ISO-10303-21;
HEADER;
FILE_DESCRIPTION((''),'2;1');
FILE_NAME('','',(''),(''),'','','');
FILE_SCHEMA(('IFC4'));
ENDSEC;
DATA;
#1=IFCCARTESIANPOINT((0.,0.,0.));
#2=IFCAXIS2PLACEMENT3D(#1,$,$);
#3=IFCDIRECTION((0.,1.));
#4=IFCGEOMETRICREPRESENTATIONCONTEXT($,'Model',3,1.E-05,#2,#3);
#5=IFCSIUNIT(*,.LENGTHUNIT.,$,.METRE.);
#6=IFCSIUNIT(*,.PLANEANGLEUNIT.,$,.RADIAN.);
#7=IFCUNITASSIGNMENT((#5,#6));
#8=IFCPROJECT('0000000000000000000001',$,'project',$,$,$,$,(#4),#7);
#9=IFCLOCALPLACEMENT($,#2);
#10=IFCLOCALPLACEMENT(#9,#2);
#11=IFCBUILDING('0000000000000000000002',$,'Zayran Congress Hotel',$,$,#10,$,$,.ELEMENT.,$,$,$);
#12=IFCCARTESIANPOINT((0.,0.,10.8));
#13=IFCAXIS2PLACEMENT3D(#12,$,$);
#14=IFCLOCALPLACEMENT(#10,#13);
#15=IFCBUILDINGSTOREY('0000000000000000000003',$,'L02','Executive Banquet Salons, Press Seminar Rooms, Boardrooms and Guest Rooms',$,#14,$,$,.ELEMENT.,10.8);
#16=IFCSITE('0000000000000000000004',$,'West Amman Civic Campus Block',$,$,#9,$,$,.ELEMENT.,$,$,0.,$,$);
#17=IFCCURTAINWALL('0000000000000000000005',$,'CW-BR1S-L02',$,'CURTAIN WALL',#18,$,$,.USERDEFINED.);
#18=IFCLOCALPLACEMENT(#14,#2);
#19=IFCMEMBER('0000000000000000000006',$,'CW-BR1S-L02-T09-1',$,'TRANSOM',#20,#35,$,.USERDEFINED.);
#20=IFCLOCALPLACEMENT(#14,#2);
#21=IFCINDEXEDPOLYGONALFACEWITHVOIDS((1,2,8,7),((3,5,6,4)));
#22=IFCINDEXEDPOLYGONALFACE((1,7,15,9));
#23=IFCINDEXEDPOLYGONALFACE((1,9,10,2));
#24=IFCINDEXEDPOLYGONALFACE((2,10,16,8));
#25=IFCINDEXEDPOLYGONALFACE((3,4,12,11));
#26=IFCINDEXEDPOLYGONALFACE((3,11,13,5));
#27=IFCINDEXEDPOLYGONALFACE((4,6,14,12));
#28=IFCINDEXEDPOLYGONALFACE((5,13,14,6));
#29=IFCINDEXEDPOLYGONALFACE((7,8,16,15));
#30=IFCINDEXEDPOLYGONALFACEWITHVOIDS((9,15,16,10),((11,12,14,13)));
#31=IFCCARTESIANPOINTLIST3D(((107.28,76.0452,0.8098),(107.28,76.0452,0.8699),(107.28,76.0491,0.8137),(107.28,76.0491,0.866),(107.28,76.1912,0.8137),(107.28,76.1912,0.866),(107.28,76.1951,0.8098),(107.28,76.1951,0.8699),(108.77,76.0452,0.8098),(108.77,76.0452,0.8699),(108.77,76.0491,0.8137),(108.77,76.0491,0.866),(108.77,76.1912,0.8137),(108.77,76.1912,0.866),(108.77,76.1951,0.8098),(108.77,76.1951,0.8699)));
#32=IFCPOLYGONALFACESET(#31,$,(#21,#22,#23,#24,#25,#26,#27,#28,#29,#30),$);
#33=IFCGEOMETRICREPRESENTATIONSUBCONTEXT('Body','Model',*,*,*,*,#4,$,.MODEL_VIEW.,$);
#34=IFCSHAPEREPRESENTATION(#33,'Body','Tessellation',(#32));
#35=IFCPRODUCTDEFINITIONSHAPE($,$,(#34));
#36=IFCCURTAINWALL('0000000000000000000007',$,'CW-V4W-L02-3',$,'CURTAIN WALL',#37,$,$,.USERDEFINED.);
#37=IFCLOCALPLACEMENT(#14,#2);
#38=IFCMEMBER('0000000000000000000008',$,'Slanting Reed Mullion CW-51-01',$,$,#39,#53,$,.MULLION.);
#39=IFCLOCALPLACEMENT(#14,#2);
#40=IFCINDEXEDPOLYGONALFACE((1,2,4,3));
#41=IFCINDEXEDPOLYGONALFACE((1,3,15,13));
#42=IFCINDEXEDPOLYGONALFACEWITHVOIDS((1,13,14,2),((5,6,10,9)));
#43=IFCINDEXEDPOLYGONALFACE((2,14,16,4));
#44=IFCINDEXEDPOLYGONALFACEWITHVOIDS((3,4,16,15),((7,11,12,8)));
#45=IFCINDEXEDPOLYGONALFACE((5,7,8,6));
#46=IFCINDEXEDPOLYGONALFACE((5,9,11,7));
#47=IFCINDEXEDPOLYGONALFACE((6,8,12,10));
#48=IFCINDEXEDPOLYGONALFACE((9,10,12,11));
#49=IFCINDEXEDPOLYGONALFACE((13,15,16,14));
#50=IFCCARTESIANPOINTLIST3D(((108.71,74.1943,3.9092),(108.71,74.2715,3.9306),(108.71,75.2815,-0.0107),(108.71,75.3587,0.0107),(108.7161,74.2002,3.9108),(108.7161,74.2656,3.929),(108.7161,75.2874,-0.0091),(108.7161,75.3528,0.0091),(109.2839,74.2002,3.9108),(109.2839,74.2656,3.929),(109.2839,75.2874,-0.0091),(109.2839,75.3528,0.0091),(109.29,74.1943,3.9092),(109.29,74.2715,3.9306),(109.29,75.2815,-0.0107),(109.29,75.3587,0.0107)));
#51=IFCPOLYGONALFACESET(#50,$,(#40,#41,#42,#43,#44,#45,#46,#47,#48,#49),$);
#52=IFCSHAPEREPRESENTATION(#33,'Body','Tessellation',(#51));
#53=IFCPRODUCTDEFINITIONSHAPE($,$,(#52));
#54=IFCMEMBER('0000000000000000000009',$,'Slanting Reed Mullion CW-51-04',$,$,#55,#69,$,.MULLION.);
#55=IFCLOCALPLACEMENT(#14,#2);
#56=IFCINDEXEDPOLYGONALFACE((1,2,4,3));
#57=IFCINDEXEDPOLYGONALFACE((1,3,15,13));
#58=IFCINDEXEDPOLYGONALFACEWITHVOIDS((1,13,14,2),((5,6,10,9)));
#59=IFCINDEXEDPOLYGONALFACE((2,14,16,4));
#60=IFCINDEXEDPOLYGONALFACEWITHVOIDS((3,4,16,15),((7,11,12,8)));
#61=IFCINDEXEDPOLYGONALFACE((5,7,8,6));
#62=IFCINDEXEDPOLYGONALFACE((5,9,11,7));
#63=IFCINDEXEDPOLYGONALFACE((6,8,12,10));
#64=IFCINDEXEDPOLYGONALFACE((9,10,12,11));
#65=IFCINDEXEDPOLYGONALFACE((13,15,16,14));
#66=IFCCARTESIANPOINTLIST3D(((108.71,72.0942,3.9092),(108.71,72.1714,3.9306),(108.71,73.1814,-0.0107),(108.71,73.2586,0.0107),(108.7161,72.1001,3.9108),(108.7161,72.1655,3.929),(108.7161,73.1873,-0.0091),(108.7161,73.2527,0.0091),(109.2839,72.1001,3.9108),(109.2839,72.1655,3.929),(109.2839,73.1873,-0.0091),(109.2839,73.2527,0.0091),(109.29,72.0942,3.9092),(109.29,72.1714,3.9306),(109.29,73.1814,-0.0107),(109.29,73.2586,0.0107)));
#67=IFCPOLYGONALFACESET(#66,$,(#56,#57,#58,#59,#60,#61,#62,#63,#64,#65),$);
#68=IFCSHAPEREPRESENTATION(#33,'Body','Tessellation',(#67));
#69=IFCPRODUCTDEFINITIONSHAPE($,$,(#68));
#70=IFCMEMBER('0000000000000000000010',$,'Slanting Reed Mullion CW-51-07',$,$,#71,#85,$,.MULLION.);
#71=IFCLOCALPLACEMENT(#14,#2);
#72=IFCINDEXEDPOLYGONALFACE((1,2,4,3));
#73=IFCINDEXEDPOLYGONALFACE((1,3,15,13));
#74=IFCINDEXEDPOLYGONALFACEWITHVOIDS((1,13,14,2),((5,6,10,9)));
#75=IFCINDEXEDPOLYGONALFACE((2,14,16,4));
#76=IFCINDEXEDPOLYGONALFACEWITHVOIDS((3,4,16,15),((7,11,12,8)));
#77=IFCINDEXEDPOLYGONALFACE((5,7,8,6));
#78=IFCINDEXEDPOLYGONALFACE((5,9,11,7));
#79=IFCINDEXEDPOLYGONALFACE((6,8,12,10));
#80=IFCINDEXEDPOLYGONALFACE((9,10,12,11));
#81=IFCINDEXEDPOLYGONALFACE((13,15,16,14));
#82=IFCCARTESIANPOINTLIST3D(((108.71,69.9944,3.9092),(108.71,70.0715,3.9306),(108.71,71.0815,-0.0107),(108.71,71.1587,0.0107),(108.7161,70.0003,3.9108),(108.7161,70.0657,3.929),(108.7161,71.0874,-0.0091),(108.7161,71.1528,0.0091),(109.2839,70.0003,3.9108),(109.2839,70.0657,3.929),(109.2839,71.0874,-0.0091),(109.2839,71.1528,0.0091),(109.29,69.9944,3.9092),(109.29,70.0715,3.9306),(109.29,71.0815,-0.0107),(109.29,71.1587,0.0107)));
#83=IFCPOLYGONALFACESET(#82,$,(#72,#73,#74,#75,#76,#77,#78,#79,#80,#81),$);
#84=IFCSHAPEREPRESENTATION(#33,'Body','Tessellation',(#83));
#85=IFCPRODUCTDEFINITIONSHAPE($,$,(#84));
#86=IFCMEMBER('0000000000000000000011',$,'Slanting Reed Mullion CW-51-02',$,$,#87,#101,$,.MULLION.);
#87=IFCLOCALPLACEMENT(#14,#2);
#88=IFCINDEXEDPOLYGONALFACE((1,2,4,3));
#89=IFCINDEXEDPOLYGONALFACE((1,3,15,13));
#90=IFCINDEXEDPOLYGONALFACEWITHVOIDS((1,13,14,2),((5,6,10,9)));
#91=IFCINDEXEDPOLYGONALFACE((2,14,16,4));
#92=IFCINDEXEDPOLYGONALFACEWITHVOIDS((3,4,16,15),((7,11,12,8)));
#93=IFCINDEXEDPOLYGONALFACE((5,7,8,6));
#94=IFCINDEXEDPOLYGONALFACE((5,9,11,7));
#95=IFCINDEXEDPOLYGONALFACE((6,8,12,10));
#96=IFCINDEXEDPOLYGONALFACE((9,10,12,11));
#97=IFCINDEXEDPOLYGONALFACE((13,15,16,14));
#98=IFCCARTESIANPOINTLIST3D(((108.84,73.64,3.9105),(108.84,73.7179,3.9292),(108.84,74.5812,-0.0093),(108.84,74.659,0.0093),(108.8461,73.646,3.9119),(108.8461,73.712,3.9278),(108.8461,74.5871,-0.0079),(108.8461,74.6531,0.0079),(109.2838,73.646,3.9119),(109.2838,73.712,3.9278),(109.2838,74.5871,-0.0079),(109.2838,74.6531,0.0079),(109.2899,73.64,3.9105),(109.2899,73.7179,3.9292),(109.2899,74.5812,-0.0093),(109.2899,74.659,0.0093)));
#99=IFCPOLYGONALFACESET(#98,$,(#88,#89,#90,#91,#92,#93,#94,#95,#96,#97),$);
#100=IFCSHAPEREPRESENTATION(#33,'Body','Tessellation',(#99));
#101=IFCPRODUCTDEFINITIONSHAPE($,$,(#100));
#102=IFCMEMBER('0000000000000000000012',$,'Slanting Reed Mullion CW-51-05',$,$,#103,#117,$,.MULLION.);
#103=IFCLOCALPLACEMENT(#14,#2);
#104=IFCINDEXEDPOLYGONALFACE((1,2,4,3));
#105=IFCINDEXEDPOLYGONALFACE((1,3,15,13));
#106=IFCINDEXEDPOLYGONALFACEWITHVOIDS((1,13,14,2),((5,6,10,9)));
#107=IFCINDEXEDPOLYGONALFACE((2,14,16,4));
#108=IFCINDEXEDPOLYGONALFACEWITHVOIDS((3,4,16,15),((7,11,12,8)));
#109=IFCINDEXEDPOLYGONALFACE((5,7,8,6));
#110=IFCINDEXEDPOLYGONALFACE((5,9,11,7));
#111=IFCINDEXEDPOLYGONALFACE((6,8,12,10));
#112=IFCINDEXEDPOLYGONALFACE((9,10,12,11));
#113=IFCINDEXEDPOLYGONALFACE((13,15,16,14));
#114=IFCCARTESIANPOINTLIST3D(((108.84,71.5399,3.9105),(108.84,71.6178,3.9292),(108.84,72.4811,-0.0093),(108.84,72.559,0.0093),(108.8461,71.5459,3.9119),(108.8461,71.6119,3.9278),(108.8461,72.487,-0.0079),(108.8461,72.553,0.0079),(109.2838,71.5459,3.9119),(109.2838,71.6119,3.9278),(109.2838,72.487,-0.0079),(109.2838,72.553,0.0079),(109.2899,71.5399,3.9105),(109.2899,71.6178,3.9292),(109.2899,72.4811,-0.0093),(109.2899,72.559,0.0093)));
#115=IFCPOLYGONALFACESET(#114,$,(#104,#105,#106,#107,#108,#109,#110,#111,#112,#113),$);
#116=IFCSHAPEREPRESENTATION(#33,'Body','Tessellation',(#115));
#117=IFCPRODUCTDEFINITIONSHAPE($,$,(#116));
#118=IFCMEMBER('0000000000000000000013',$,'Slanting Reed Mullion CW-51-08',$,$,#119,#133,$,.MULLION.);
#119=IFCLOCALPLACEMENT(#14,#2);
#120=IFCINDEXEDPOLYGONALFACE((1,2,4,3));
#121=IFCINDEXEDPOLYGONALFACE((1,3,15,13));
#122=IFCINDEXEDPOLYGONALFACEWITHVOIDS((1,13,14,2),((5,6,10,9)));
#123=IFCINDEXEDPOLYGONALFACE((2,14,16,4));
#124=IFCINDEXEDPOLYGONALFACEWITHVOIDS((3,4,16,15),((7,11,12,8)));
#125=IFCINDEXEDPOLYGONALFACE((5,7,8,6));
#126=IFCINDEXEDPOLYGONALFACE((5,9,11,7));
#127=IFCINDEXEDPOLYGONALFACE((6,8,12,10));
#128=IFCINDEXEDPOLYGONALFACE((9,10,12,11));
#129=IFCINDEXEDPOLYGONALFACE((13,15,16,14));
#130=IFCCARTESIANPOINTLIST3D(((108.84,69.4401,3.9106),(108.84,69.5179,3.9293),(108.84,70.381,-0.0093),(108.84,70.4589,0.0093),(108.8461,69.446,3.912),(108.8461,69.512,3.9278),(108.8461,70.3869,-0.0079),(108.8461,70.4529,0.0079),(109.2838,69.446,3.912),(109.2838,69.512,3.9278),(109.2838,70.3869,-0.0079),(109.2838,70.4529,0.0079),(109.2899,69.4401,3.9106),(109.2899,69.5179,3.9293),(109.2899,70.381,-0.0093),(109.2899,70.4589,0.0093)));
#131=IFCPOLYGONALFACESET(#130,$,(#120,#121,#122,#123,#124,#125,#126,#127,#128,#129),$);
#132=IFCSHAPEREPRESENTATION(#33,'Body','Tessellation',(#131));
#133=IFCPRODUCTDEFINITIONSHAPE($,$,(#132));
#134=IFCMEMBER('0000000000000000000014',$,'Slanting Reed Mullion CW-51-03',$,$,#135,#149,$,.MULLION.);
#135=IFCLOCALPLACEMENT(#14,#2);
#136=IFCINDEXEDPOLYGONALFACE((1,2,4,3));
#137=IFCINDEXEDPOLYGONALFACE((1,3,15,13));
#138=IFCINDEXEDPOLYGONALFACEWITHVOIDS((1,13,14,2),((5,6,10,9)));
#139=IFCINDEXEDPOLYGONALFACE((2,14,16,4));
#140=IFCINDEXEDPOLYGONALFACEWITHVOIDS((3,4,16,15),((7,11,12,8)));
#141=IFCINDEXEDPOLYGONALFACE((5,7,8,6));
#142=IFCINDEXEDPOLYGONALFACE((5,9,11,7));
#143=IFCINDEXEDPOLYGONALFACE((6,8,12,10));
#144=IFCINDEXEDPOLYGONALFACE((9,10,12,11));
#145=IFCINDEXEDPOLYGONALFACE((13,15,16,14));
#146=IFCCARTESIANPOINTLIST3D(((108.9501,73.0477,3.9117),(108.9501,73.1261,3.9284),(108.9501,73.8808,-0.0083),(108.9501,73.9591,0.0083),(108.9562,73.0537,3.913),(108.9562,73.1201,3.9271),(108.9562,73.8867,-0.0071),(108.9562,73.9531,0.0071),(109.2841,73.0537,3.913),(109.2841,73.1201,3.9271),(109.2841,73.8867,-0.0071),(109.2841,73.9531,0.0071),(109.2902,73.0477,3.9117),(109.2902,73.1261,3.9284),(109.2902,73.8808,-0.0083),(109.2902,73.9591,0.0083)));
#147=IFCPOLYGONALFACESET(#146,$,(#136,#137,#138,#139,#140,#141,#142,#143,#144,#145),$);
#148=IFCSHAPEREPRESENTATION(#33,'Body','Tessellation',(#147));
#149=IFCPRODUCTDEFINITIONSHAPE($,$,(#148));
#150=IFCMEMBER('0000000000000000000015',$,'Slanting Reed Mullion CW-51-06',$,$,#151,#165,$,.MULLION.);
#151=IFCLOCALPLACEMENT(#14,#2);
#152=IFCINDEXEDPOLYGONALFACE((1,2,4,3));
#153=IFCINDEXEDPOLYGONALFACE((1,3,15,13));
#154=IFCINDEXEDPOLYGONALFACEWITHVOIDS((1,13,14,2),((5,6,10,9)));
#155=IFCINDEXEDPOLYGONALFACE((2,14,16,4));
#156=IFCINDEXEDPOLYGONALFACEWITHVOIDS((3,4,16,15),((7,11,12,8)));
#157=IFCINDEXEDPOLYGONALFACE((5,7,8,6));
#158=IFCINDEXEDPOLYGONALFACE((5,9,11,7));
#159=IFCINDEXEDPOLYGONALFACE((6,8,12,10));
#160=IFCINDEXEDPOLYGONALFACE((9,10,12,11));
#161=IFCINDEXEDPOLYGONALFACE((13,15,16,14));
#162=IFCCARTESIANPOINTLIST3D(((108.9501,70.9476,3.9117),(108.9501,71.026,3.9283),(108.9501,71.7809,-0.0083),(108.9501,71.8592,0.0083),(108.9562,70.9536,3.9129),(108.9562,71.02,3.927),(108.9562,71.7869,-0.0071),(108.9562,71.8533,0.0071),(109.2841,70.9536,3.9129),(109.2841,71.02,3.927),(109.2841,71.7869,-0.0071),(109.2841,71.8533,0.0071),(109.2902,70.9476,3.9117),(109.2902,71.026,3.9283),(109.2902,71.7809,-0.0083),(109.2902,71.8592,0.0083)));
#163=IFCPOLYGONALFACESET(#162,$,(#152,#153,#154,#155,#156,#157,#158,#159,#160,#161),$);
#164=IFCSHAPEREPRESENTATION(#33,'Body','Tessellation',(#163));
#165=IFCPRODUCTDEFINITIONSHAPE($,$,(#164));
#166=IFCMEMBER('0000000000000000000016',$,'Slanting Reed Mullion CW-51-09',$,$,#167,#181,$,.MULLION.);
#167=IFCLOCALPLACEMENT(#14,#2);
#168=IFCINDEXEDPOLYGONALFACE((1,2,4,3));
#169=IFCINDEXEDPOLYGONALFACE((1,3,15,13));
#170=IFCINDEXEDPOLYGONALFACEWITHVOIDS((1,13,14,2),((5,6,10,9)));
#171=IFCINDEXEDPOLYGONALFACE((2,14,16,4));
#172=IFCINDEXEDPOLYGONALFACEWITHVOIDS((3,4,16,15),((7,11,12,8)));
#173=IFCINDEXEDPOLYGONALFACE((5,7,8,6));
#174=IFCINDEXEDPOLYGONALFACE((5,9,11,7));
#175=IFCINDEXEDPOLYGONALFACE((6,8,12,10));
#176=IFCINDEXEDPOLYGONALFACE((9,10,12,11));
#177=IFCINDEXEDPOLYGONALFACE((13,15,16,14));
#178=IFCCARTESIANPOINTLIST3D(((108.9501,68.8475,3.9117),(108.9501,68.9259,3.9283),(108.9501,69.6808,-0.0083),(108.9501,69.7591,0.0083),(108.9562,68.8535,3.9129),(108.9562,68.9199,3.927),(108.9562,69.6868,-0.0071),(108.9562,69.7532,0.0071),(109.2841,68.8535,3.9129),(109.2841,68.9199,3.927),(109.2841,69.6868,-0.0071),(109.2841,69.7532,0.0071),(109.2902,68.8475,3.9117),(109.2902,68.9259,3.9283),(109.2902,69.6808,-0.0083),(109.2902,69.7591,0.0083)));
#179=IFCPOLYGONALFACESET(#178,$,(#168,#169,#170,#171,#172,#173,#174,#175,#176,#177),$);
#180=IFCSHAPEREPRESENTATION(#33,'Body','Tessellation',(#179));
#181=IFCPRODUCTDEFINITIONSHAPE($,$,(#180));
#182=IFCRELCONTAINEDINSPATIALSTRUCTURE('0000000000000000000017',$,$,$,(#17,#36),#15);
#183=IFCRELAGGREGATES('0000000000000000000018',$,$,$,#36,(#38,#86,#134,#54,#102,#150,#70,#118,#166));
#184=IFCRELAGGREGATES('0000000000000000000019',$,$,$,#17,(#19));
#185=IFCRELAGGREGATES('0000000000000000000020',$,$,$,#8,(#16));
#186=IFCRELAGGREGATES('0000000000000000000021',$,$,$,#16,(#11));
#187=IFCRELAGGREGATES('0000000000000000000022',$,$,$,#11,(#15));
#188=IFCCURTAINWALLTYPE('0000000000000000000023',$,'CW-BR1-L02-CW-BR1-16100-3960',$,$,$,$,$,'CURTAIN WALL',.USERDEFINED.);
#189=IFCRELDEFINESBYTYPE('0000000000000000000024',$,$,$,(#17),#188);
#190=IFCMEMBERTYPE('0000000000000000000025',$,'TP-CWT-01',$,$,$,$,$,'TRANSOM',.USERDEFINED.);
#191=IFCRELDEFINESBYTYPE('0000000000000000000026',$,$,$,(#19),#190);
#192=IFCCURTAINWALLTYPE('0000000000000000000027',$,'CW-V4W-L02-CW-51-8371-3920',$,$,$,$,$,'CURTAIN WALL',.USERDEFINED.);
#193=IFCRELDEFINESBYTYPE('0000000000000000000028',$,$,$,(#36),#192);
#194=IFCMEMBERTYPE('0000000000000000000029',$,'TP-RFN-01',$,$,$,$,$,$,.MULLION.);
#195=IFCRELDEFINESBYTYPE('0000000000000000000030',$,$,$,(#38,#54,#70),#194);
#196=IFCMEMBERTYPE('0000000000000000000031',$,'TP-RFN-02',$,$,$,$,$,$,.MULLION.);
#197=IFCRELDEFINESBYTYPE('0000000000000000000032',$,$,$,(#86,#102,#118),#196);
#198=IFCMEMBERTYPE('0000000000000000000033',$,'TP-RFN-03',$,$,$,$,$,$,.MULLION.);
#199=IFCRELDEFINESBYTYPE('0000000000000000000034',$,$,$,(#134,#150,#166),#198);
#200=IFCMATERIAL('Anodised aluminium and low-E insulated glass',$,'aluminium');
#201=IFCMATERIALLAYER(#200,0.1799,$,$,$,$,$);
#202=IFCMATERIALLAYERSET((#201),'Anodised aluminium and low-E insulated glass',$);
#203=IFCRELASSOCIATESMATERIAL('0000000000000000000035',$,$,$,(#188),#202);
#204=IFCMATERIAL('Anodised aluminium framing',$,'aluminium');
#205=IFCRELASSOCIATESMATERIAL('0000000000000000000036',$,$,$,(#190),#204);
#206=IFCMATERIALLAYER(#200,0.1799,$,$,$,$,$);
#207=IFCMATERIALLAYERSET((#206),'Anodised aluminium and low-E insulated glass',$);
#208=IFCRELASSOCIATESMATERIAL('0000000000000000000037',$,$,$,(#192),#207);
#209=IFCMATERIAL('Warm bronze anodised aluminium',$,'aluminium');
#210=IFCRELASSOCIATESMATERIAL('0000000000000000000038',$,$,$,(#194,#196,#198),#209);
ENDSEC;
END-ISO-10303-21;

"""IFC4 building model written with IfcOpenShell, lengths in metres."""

from ifc_helpers import new_model, si_unit, direction, frame, origin, origin_2d, place, context, subcontext, project, spatial, hollow_rectangle, extrude, material, layer, layer_set, material_profile, profile_set, type_object, element, aggregate, save


model = new_model("IFC4")

# Units and contexts
model_context = context("Model", 3, precision=1e-05, world=origin(), true_north=direction((0.0, 1.0)))
body_context = subcontext(model_context, "Body", "Model", "MODEL_VIEW")
ifc_project = project(units=[si_unit("LENGTHUNIT", "METRE"), si_unit("PLANEANGLEUNIT", "RADIAN")], contexts=[model_context])

# Site, building, storey
site_placement = place(None, origin())
site = spatial("IfcSite", under=ifc_project, at=site_placement, Name="West Amman Civic Campus Block", CompositionType="ELEMENT", RefElevation=0.0)
building_placement = place(site_placement, origin())
building = spatial("IfcBuilding", under=site, at=building_placement, Name="Zayran Congress Hotel", CompositionType="ELEMENT")
storey_placement = place(building_placement, frame((0.0, 0.0, 10.8)))
storey = spatial("IfcBuildingStorey", under=building, at=storey_placement, Name="L02", Description="Executive Banquet Salons, Press Seminar Rooms, Boardrooms and Guest Rooms", CompositionType="ELEMENT", Elevation=10.8)

# Curtain walls, members
ifc_material_1 = material(Name="Anodised aluminium and low-E insulated glass", Category="aluminium")
ifc_layer_1 = layer(ifc_material_1, 0.1799)
ifc_layer_set_1 = layer_set([ifc_layer_1], Name="Anodised aluminium and low-E insulated glass")
curtain_wall_type_1 = type_object("IfcCurtainWallType", Name="CW-BR1-L02-CW-BR1-16100-3960", ElementType="CURTAIN WALL", PredefinedType="USERDEFINED", material=ifc_layer_set_1)
curtain_wall_1_placement = place(storey_placement, origin())
curtain_wall_1 = element("IfcCurtainWall", 1, at=curtain_wall_1_placement, inside=storey, type_object=curtain_wall_type_1, Name="CW-BR1S-L02", ObjectType="CURTAIN WALL", PredefinedType="USERDEFINED")
ifc_material_2 = material(Name="Anodised aluminium framing", Category="aluminium")
ifc_material_profile_1 = material_profile(ifc_material_2, hollow_rectangle(XDim=0.0601, YDim=0.1499, WallThickness=0.0039, at=origin_2d()), Name="RHS 150x60x4")
ifc_profile_set_1 = profile_set([ifc_material_profile_1], Name="Anodised aluminium framing")
member_type_1 = type_object("IfcMemberType", Name="TP-CWT-01", ElementType="TRANSOM", PredefinedType="USERDEFINED", material=ifc_profile_set_1)
member_1_placement = place(storey_placement, frame((107.28, 76.1201, 0.8398), z_axis=(1.0, 0.0, 0.0), x_axis=(0.0, 0.0, 1.0)))
member_1 = element("IfcMember", 2, at=member_1_placement, type_object=member_type_1, Name="CW-BR1S-L02-T09-1", ObjectType="TRANSOM", PredefinedType="USERDEFINED", context=body_context, shape_type="SweptSolid", body=[
    extrude(hollow_rectangle(XDim=0.0601, YDim=0.1499, WallThickness=0.0039, at=origin_2d()), origin(), (0.0, 0.0, 1.0), 1.49),
])
ifc_layer_2 = layer(ifc_material_1, 0.1799)
ifc_layer_set_2 = layer_set([ifc_layer_2], Name="Anodised aluminium and low-E insulated glass")
curtain_wall_type_2 = type_object("IfcCurtainWallType", Name="CW-V4W-L02-CW-51-8371-3920", ElementType="CURTAIN WALL", PredefinedType="USERDEFINED", material=ifc_layer_set_2)
curtain_wall_2_placement = place(storey_placement, origin())
curtain_wall_2 = element("IfcCurtainWall", 3, at=curtain_wall_2_placement, inside=storey, type_object=curtain_wall_type_2, Name="CW-V4W-L02-3", ObjectType="CURTAIN WALL", PredefinedType="USERDEFINED")
ifc_material_3 = material(Name="Warm bronze anodised aluminium", Category="aluminium")
ifc_material_profile_2 = material_profile(ifc_material_3, hollow_rectangle(XDim=0.0801, YDim=0.5801, WallThickness=0.0061, at=origin_2d()), Name="RHS 580x80x6")
ifc_profile_set_2 = profile_set([ifc_material_profile_2], Name="Warm bronze anodised aluminium")
member_type_2 = type_object("IfcMemberType", Name="TP-RFN-01", PredefinedType="MULLION", material=ifc_profile_set_2)
member_2_placement = place(storey_placement, frame((109.0, 75.3201, 0.0), z_axis=(0.0, -0.267254, 0.963626), x_axis=(0.0, 0.963626, 0.267254)))
member_2 = element("IfcMember", 4, at=member_2_placement, type_object=member_type_2, Name="Slanting Reed Mullion CW-51-01", PredefinedType="MULLION", context=body_context, shape_type="SweptSolid", body=[
    extrude(hollow_rectangle(XDim=0.0801, YDim=0.5801, WallThickness=0.0061, at=origin_2d()), origin(), (0.0, 0.0, 1.0), 4.0679),
])
member_3_placement = place(storey_placement, frame((109.0, 73.22, 0.0), z_axis=(0.0, -0.267254, 0.963626), x_axis=(0.0, 0.963626, 0.267254)))
member_3 = element("IfcMember", 5, at=member_3_placement, type_object=member_type_2, Name="Slanting Reed Mullion CW-51-04", PredefinedType="MULLION", context=body_context, shape_type="SweptSolid", body=[
    extrude(hollow_rectangle(XDim=0.0801, YDim=0.5801, WallThickness=0.0061, at=origin_2d()), origin(), (0.0, 0.0, 1.0), 4.0679),
])
member_4_placement = place(storey_placement, frame((109.0, 71.1201, 0.0), z_axis=(0.0, -0.267254, 0.963626), x_axis=(0.0, 0.963626, 0.267254)))
member_4 = element("IfcMember", 6, at=member_4_placement, type_object=member_type_2, Name="Slanting Reed Mullion CW-51-07", PredefinedType="MULLION", context=body_context, shape_type="SweptSolid", body=[
    extrude(hollow_rectangle(XDim=0.0801, YDim=0.5801, WallThickness=0.0061, at=origin_2d()), origin(), (0.0, 0.0, 1.0), 4.0679),
])
ifc_material_profile_3 = material_profile(ifc_material_3, hollow_rectangle(XDim=0.0801, YDim=0.45, WallThickness=0.0061, at=origin_2d()), Name="RHS 450x80x6")
ifc_profile_set_3 = profile_set([ifc_material_profile_3], Name="Warm bronze anodised aluminium")
member_type_3 = type_object("IfcMemberType", Name="TP-RFN-02", PredefinedType="MULLION", material=ifc_profile_set_3)
member_5_placement = place(storey_placement, frame((109.0649, 74.6201, 0.0), z_axis=(0.0, -0.233462, 0.972366), x_axis=(0.0, 0.972366, 0.233462)))
member_5 = element("IfcMember", 7, at=member_5_placement, type_object=member_type_3, Name="Slanting Reed Mullion CW-51-02", PredefinedType="MULLION", context=body_context, shape_type="SweptSolid", body=[
    extrude(hollow_rectangle(XDim=0.0801, YDim=0.45, WallThickness=0.0061, at=origin_2d()), origin(), (0.0, 0.0, 1.0), 4.0312),
])
member_6_placement = place(storey_placement, frame((109.0649, 72.52, 0.0), z_axis=(0.0, -0.233462, 0.972366), x_axis=(0.0, 0.972366, 0.233462)))
member_6 = element("IfcMember", 8, at=member_6_placement, type_object=member_type_3, Name="Slanting Reed Mullion CW-51-05", PredefinedType="MULLION", context=body_context, shape_type="SweptSolid", body=[
    extrude(hollow_rectangle(XDim=0.0801, YDim=0.45, WallThickness=0.0061, at=origin_2d()), origin(), (0.0, 0.0, 1.0), 4.0312),
])
member_7_placement = place(storey_placement, frame((109.0649, 70.4199, 0.0), z_axis=(0.0, -0.233405, 0.97238), x_axis=(0.0, 0.97238, 0.233405)))
member_7 = element("IfcMember", 9, at=member_7_placement, type_object=member_type_3, Name="Slanting Reed Mullion CW-51-08", PredefinedType="MULLION", context=body_context, shape_type="SweptSolid", body=[
    extrude(hollow_rectangle(XDim=0.0801, YDim=0.45, WallThickness=0.0061, at=origin_2d()), origin(), (0.0, 0.0, 1.0), 4.0312),
])
ifc_material_profile_4 = material_profile(ifc_material_3, hollow_rectangle(XDim=0.0801, YDim=0.3401, WallThickness=0.0061, at=origin_2d()), Name="RHS 340x80x6")
ifc_profile_set_4 = profile_set([ifc_material_profile_4], Name="Warm bronze anodised aluminium")
member_type_4 = type_object("IfcMemberType", Name="TP-RFN-03", PredefinedType="MULLION", material=ifc_profile_set_4)
member_8_placement = place(storey_placement, frame((109.1201, 73.9199, 0.0), z_axis=(0.0, -0.207865, 0.978158), x_axis=(0.0, 0.978158, 0.207865)))
member_8 = element("IfcMember", 10, at=member_8_placement, type_object=member_type_4, Name="Slanting Reed Mullion CW-51-03", PredefinedType="MULLION", context=body_context, shape_type="SweptSolid", body=[
    extrude(hollow_rectangle(XDim=0.0801, YDim=0.3401, WallThickness=0.0061, at=origin_2d()), origin(), (0.0, 0.0, 1.0), 4.0076),
])
member_9_placement = place(storey_placement, frame((109.1201, 71.8201, 0.0), z_axis=(0.0, -0.207923, 0.978145), x_axis=(0.0, 0.978145, 0.207923)))
member_9 = element("IfcMember", 11, at=member_9_placement, type_object=member_type_4, Name="Slanting Reed Mullion CW-51-06", PredefinedType="MULLION", context=body_context, shape_type="SweptSolid", body=[
    extrude(hollow_rectangle(XDim=0.0801, YDim=0.3401, WallThickness=0.0061, at=origin_2d()), origin(), (0.0, 0.0, 1.0), 4.0076),
])
member_10_placement = place(storey_placement, frame((109.1201, 69.72, 0.0), z_axis=(0.0, -0.207923, 0.978145), x_axis=(0.0, 0.978145, 0.207923)))
member_10 = element("IfcMember", 12, at=member_10_placement, type_object=member_type_4, Name="Slanting Reed Mullion CW-51-09", PredefinedType="MULLION", context=body_context, shape_type="SweptSolid", body=[
    extrude(hollow_rectangle(XDim=0.0801, YDim=0.3401, WallThickness=0.0061, at=origin_2d()), origin(), (0.0, 0.0, 1.0), 4.0076),
])
aggregate(curtain_wall_2, [member_2, member_5, member_8, member_3, member_6, member_9, member_4, member_7, member_10])

aggregate(curtain_wall_1, [member_1])

save(model, "model.ifc")
